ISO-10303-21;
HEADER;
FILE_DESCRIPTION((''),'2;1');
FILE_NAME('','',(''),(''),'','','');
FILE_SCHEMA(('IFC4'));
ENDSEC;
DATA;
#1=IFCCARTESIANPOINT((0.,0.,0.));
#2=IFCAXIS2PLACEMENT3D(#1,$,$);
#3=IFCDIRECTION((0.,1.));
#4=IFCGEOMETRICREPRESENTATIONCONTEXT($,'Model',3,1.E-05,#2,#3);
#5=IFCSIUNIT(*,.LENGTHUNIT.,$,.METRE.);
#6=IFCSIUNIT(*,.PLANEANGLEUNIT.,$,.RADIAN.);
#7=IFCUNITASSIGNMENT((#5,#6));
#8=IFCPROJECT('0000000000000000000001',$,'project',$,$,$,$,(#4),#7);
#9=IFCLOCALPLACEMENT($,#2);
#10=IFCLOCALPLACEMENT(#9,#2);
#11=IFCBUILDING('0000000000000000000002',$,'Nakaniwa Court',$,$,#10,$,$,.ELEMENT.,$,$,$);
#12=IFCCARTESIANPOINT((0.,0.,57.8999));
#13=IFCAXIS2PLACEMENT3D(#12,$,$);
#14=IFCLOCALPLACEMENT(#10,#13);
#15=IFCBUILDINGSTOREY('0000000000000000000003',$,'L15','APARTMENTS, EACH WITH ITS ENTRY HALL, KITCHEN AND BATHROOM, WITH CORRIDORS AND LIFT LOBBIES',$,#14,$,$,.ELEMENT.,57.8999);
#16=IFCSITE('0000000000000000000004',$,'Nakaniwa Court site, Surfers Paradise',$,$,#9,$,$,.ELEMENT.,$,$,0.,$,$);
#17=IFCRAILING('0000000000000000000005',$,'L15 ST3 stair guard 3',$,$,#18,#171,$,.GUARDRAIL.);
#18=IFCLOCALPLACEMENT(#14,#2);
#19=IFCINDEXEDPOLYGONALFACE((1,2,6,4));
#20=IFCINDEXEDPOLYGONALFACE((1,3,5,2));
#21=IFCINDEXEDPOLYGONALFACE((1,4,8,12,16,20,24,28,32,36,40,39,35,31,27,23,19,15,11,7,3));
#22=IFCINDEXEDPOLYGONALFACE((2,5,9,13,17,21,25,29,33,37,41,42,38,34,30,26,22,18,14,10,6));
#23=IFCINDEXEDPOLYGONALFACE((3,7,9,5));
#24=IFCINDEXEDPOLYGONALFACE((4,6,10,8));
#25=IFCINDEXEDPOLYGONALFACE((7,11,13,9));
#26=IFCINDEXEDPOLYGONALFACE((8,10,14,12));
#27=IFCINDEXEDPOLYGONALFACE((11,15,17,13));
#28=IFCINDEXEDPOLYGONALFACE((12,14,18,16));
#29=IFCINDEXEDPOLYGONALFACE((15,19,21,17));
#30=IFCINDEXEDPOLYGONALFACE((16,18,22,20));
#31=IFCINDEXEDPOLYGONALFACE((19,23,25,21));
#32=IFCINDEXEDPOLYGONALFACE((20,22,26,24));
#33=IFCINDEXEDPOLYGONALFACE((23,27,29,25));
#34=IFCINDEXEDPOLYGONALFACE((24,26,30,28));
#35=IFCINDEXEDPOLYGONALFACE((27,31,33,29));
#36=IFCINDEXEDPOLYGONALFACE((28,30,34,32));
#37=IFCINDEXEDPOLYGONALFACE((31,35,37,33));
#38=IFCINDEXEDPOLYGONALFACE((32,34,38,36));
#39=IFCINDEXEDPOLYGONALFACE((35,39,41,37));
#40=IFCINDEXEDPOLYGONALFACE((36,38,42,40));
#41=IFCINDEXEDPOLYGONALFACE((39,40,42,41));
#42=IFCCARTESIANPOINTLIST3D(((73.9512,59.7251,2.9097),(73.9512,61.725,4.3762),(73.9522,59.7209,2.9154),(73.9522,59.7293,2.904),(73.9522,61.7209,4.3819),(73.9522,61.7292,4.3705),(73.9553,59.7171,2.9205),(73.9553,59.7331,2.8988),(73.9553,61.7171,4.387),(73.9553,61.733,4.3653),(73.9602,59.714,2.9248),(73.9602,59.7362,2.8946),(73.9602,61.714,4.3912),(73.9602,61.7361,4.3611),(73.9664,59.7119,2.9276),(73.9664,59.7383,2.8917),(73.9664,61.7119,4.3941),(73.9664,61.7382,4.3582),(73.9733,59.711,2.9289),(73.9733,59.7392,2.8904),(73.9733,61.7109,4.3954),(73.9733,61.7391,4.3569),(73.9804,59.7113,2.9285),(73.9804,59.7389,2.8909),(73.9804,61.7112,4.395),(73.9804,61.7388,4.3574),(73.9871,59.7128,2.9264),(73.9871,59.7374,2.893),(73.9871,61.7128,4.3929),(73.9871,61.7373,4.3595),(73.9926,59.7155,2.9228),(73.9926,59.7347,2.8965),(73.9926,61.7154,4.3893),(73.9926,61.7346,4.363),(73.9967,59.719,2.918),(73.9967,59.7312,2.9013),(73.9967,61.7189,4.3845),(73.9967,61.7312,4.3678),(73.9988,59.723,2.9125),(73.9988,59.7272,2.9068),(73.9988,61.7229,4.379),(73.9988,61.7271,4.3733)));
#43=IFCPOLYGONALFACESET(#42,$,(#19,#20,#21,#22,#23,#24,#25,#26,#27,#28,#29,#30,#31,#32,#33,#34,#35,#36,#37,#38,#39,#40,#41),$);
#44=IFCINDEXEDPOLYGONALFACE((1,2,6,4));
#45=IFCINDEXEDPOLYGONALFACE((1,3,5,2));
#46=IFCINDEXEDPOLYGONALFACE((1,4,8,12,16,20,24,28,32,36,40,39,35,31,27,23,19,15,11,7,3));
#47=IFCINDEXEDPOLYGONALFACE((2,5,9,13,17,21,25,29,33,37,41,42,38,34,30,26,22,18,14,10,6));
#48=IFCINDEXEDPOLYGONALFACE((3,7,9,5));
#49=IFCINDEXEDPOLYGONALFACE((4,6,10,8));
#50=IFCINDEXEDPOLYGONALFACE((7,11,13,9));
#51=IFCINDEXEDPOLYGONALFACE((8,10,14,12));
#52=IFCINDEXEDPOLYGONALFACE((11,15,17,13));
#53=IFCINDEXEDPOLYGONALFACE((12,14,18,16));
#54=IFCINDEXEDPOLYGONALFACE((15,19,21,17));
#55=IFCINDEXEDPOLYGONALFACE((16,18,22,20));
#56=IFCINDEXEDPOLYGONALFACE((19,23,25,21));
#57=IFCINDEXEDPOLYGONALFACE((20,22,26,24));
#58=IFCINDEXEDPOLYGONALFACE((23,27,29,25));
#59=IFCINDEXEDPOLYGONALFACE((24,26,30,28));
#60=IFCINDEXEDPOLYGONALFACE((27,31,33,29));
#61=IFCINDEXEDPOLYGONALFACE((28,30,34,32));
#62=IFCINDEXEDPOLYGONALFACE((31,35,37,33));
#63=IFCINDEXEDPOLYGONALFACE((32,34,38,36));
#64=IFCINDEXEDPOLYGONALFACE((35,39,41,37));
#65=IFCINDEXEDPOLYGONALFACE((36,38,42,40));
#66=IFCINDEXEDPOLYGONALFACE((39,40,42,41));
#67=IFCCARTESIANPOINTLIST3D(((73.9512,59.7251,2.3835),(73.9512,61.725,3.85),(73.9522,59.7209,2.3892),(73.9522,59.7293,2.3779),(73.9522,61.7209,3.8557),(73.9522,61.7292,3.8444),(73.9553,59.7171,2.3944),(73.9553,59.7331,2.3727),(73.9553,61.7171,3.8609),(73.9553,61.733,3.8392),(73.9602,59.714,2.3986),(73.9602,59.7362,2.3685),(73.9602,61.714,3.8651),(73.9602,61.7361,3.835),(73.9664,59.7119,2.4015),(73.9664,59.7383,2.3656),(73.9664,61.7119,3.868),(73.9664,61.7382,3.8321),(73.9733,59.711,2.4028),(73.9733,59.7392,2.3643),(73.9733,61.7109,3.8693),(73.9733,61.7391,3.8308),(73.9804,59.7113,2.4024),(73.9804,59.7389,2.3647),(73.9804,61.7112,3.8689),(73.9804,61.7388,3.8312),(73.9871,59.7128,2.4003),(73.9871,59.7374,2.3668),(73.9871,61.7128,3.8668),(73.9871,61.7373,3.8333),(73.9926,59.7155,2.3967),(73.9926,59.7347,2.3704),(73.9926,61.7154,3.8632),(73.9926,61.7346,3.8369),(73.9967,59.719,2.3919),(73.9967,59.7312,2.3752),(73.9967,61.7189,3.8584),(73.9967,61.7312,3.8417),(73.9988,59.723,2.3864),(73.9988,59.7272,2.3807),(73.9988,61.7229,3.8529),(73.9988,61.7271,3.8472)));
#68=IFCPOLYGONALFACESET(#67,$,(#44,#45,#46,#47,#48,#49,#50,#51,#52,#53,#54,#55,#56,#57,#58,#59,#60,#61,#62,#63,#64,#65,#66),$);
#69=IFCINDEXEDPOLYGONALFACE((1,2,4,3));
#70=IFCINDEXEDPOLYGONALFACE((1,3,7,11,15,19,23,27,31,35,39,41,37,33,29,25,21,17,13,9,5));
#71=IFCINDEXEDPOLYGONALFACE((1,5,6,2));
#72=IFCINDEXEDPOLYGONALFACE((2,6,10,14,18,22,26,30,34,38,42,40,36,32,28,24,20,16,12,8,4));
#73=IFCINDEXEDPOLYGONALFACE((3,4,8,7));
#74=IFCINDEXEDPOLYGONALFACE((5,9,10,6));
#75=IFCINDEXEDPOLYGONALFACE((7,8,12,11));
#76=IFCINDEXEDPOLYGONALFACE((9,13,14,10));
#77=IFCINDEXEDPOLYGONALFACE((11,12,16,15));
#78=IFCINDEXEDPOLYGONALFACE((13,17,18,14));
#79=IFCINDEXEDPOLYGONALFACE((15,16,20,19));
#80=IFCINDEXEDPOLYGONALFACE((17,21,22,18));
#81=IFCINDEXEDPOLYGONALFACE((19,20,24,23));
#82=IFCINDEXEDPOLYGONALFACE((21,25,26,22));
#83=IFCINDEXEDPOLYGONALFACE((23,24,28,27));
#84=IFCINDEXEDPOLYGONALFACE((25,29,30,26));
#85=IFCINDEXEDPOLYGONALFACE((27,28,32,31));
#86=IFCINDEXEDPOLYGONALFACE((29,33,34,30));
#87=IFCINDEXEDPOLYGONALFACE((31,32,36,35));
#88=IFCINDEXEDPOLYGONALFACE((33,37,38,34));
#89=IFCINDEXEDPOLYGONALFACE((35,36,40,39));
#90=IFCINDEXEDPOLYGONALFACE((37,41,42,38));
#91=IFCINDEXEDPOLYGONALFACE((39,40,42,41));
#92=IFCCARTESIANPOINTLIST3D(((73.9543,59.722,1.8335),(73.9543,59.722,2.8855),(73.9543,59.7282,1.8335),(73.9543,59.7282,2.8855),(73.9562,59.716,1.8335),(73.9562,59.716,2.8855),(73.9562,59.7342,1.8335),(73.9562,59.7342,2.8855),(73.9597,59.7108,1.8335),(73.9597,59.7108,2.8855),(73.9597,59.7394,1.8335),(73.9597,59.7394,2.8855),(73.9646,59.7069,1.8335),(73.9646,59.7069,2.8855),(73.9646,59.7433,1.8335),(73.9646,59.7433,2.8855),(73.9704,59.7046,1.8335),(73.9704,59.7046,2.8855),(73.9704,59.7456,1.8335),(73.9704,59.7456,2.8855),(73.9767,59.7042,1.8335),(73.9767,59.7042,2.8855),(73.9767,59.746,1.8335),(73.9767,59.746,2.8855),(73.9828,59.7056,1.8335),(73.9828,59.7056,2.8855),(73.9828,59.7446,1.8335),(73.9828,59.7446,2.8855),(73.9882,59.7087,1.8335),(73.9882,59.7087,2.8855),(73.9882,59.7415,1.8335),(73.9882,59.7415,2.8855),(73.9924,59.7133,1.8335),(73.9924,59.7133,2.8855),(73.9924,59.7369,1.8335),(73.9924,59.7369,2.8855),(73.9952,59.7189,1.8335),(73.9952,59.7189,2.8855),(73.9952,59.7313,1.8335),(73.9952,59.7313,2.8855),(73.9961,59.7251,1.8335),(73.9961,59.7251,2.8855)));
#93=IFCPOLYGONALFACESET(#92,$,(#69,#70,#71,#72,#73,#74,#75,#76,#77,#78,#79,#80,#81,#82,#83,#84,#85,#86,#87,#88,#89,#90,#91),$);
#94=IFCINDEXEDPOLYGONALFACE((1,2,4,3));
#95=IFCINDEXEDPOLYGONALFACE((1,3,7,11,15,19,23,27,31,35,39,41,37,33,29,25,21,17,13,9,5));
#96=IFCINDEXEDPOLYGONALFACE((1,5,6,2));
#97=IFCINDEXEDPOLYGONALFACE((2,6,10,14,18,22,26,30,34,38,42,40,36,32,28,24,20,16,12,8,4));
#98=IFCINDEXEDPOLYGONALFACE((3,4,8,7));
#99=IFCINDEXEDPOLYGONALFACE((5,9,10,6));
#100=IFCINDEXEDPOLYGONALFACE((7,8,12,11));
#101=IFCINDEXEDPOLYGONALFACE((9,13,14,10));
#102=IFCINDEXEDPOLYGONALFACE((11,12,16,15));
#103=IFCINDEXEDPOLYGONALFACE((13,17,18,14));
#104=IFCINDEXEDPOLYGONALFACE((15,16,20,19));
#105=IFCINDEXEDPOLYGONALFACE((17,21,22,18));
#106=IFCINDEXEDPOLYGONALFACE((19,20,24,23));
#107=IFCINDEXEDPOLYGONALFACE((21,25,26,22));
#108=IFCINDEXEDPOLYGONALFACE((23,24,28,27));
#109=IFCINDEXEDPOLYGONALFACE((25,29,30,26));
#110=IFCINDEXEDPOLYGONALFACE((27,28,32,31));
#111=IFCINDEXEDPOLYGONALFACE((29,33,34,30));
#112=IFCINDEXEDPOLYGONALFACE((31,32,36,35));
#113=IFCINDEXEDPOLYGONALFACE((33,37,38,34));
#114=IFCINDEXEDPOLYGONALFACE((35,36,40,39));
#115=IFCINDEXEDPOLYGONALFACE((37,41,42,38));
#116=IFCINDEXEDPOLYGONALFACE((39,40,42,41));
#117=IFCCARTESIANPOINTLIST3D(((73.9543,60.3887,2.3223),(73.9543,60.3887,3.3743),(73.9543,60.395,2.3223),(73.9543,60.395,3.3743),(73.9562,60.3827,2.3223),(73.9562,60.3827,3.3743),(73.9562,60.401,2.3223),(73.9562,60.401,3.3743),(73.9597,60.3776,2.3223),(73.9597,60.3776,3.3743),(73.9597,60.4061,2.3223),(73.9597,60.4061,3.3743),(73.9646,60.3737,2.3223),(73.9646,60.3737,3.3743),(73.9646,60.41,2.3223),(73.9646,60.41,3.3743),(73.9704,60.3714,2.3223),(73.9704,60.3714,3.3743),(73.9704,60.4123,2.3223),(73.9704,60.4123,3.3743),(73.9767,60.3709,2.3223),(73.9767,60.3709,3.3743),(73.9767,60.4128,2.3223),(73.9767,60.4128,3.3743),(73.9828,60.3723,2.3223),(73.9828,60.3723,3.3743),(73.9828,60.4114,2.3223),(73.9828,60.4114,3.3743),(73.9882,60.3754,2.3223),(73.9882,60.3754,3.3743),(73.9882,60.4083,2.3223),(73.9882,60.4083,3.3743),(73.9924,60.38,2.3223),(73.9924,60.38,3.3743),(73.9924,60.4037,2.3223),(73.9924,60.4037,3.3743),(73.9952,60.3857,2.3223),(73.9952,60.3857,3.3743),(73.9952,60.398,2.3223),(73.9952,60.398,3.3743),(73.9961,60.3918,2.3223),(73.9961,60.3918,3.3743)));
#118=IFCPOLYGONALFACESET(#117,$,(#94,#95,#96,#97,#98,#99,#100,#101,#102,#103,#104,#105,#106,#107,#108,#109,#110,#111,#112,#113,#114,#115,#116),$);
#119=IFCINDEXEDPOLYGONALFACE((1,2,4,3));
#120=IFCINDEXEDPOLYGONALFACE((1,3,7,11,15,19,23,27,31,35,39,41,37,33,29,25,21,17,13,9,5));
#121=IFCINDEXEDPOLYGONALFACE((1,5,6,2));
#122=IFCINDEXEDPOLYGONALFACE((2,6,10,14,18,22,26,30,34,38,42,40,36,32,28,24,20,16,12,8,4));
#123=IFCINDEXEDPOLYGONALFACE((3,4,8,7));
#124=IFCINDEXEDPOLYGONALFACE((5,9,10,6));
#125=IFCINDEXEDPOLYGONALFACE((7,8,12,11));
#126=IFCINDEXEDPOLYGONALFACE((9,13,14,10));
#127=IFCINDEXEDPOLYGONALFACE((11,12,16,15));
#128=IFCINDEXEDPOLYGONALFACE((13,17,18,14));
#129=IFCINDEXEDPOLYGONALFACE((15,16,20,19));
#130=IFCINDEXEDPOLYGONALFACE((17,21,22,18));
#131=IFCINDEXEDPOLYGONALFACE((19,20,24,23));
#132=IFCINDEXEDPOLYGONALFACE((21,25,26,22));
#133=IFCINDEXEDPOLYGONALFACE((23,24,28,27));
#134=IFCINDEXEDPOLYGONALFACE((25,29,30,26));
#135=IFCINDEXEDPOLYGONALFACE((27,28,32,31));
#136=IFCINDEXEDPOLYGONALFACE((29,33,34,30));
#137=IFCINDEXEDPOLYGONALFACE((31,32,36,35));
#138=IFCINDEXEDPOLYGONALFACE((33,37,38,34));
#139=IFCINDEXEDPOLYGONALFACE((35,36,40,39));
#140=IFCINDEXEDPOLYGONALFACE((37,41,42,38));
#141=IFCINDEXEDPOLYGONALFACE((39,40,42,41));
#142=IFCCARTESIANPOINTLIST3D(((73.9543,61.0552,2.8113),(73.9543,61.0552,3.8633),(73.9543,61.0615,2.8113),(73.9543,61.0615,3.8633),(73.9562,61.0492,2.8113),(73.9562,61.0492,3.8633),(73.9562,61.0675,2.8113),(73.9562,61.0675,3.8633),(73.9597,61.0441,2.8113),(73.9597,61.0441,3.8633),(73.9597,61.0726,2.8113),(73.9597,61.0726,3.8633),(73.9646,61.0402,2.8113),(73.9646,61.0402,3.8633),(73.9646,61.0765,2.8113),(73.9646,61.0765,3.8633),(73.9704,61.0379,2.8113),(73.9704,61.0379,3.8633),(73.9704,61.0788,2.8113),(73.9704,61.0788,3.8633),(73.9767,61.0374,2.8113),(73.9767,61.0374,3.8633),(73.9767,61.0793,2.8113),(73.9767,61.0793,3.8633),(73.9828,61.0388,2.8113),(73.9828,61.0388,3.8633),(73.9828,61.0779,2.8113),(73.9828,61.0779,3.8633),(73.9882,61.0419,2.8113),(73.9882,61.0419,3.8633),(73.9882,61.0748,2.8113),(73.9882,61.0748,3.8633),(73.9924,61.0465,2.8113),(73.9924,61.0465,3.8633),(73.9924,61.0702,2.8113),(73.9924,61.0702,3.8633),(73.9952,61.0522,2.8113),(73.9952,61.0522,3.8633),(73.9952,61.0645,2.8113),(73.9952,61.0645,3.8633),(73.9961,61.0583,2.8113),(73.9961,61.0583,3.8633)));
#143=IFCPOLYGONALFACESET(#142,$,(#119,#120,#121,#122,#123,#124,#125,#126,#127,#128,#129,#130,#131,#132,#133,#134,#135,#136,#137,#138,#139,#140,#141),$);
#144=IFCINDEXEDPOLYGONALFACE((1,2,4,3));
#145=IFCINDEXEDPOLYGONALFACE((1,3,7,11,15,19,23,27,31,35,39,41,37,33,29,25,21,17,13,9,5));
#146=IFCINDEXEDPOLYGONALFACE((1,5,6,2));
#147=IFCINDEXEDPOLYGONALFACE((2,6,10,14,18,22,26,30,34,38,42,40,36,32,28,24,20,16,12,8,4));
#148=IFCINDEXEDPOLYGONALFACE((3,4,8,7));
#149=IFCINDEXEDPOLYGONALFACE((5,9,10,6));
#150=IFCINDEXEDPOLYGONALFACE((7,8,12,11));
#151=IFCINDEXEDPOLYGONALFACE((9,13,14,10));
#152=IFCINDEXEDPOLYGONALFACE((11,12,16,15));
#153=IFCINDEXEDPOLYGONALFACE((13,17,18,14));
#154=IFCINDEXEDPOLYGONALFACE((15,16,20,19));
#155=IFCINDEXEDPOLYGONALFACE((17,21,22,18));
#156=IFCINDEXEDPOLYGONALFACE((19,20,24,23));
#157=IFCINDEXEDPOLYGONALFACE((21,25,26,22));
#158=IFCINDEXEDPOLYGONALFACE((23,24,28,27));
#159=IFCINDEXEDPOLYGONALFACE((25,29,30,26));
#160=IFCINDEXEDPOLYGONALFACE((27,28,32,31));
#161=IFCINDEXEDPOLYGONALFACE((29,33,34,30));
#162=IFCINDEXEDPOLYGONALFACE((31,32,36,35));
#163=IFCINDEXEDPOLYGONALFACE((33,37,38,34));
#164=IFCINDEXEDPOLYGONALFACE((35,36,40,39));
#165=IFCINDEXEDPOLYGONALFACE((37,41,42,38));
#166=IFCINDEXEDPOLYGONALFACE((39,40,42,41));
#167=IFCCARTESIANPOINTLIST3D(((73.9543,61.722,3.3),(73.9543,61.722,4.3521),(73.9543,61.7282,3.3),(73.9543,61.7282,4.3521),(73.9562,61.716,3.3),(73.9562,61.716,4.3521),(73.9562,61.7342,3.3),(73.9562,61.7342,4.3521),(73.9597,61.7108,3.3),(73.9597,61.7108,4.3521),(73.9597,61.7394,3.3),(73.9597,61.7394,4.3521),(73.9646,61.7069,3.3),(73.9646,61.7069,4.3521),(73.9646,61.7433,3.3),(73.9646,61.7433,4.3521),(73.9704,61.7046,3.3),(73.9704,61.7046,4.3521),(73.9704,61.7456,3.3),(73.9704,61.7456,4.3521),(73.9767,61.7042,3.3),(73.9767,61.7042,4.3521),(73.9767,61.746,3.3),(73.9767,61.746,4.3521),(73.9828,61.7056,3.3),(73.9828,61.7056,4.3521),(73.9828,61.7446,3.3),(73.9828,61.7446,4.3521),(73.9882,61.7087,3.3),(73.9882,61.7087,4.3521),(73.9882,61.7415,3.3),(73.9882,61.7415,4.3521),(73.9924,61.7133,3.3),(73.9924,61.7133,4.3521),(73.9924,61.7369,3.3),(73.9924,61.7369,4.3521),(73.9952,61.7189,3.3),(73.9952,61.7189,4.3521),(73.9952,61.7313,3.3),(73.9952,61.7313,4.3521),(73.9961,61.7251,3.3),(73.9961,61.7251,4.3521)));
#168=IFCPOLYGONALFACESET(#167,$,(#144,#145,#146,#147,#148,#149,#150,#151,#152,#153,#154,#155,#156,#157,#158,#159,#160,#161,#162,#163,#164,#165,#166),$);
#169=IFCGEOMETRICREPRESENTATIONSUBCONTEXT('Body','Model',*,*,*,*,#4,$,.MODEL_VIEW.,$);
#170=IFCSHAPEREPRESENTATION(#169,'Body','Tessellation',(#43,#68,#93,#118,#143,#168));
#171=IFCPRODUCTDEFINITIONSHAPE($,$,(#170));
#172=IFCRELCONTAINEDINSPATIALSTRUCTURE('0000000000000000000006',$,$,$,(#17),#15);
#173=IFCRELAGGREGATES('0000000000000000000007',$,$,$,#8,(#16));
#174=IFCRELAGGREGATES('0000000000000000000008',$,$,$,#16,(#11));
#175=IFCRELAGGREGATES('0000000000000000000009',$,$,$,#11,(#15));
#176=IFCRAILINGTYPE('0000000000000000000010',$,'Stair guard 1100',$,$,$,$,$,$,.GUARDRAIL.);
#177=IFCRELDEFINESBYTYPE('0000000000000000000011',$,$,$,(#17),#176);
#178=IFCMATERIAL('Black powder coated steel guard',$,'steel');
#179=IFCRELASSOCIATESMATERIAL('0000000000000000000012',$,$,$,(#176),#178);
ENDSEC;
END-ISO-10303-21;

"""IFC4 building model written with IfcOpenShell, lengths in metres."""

from ifc_helpers import new_model, si_unit, direction, frame, origin, origin_2d, place, context, subcontext, project, spatial, circle, extrude, material, type_object, element, save


model = new_model("IFC4")

# Units and contexts
model_context = context("Model", 3, precision=1e-05, world=origin(), true_north=direction((0.0, 1.0)))
body_context = subcontext(model_context, "Body", "Model", "MODEL_VIEW")
ifc_project = project(units=[si_unit("LENGTHUNIT", "METRE"), si_unit("PLANEANGLEUNIT", "RADIAN")], contexts=[model_context])

# Site, building, storey
site_placement = place(None, origin())
site = spatial("IfcSite", under=ifc_project, at=site_placement, Name="Nakaniwa Court site, Surfers Paradise", CompositionType="ELEMENT", RefElevation=0.0)
building_placement = place(site_placement, origin())
building = spatial("IfcBuilding", under=site, at=building_placement, Name="Nakaniwa Court", CompositionType="ELEMENT")
storey_placement = place(building_placement, frame((0.0, 0.0, 57.8999)))
storey = spatial("IfcBuildingStorey", under=building, at=storey_placement, Name="L15", Description="APARTMENTS, EACH WITH ITS ENTRY HALL, KITCHEN AND BATHROOM, WITH CORRIDORS AND LIFT LOBBIES", CompositionType="ELEMENT", Elevation=57.8999)

# Railing
ifc_material_1 = material(Name="Black powder coated steel guard", Category="steel")
railing_type_1 = type_object("IfcRailingType", Name="Stair guard 1100", PredefinedType="GUARDRAIL", material=ifc_material_1)
railing_1_placement = place(storey_placement, frame((73.9751, 59.7251, 1.8335)))
element("IfcRailing", 1, at=railing_1_placement, inside=storey, type_object=railing_type_1, Name="L15 ST3 stair guard 3", PredefinedType="GUARDRAIL", context=body_context, shape_type="SweptSolid", body=[
    extrude(circle(Radius=0.0239, at=origin_2d()), frame((0.0, 0.0, 1.0762), z_axis=(0.0, 0.806427, 0.591334), x_axis=(-1.0, 0.0, 0.0)), (0.0, 0.0, 1.0), 2.48),
    extrude(circle(Radius=0.0239, at=origin_2d()), frame((0.0, 0.0, 0.55), z_axis=(0.0, 0.806427, 0.591334), x_axis=(-1.0, 0.0, 0.0)), (0.0, 0.0, 1.0), 2.48),
    extrude(circle(Radius=0.021, at=origin_2d()), origin(), (0.0, 0.0, 1.0), 1.052),
    extrude(circle(Radius=0.021, at=origin_2d()), frame((0.0, 0.6667, 0.4888)), (0.0, 0.0, 1.0), 1.052),
    extrude(circle(Radius=0.021, at=origin_2d()), frame((0.0, 1.3333, 0.9778)), (0.0, 0.0, 1.0), 1.052),
    extrude(circle(Radius=0.021, at=origin_2d()), frame((0.0, 2.0, 1.4666)), (0.0, 0.0, 1.0), 1.052),
])

save(model, "model.ifc")
